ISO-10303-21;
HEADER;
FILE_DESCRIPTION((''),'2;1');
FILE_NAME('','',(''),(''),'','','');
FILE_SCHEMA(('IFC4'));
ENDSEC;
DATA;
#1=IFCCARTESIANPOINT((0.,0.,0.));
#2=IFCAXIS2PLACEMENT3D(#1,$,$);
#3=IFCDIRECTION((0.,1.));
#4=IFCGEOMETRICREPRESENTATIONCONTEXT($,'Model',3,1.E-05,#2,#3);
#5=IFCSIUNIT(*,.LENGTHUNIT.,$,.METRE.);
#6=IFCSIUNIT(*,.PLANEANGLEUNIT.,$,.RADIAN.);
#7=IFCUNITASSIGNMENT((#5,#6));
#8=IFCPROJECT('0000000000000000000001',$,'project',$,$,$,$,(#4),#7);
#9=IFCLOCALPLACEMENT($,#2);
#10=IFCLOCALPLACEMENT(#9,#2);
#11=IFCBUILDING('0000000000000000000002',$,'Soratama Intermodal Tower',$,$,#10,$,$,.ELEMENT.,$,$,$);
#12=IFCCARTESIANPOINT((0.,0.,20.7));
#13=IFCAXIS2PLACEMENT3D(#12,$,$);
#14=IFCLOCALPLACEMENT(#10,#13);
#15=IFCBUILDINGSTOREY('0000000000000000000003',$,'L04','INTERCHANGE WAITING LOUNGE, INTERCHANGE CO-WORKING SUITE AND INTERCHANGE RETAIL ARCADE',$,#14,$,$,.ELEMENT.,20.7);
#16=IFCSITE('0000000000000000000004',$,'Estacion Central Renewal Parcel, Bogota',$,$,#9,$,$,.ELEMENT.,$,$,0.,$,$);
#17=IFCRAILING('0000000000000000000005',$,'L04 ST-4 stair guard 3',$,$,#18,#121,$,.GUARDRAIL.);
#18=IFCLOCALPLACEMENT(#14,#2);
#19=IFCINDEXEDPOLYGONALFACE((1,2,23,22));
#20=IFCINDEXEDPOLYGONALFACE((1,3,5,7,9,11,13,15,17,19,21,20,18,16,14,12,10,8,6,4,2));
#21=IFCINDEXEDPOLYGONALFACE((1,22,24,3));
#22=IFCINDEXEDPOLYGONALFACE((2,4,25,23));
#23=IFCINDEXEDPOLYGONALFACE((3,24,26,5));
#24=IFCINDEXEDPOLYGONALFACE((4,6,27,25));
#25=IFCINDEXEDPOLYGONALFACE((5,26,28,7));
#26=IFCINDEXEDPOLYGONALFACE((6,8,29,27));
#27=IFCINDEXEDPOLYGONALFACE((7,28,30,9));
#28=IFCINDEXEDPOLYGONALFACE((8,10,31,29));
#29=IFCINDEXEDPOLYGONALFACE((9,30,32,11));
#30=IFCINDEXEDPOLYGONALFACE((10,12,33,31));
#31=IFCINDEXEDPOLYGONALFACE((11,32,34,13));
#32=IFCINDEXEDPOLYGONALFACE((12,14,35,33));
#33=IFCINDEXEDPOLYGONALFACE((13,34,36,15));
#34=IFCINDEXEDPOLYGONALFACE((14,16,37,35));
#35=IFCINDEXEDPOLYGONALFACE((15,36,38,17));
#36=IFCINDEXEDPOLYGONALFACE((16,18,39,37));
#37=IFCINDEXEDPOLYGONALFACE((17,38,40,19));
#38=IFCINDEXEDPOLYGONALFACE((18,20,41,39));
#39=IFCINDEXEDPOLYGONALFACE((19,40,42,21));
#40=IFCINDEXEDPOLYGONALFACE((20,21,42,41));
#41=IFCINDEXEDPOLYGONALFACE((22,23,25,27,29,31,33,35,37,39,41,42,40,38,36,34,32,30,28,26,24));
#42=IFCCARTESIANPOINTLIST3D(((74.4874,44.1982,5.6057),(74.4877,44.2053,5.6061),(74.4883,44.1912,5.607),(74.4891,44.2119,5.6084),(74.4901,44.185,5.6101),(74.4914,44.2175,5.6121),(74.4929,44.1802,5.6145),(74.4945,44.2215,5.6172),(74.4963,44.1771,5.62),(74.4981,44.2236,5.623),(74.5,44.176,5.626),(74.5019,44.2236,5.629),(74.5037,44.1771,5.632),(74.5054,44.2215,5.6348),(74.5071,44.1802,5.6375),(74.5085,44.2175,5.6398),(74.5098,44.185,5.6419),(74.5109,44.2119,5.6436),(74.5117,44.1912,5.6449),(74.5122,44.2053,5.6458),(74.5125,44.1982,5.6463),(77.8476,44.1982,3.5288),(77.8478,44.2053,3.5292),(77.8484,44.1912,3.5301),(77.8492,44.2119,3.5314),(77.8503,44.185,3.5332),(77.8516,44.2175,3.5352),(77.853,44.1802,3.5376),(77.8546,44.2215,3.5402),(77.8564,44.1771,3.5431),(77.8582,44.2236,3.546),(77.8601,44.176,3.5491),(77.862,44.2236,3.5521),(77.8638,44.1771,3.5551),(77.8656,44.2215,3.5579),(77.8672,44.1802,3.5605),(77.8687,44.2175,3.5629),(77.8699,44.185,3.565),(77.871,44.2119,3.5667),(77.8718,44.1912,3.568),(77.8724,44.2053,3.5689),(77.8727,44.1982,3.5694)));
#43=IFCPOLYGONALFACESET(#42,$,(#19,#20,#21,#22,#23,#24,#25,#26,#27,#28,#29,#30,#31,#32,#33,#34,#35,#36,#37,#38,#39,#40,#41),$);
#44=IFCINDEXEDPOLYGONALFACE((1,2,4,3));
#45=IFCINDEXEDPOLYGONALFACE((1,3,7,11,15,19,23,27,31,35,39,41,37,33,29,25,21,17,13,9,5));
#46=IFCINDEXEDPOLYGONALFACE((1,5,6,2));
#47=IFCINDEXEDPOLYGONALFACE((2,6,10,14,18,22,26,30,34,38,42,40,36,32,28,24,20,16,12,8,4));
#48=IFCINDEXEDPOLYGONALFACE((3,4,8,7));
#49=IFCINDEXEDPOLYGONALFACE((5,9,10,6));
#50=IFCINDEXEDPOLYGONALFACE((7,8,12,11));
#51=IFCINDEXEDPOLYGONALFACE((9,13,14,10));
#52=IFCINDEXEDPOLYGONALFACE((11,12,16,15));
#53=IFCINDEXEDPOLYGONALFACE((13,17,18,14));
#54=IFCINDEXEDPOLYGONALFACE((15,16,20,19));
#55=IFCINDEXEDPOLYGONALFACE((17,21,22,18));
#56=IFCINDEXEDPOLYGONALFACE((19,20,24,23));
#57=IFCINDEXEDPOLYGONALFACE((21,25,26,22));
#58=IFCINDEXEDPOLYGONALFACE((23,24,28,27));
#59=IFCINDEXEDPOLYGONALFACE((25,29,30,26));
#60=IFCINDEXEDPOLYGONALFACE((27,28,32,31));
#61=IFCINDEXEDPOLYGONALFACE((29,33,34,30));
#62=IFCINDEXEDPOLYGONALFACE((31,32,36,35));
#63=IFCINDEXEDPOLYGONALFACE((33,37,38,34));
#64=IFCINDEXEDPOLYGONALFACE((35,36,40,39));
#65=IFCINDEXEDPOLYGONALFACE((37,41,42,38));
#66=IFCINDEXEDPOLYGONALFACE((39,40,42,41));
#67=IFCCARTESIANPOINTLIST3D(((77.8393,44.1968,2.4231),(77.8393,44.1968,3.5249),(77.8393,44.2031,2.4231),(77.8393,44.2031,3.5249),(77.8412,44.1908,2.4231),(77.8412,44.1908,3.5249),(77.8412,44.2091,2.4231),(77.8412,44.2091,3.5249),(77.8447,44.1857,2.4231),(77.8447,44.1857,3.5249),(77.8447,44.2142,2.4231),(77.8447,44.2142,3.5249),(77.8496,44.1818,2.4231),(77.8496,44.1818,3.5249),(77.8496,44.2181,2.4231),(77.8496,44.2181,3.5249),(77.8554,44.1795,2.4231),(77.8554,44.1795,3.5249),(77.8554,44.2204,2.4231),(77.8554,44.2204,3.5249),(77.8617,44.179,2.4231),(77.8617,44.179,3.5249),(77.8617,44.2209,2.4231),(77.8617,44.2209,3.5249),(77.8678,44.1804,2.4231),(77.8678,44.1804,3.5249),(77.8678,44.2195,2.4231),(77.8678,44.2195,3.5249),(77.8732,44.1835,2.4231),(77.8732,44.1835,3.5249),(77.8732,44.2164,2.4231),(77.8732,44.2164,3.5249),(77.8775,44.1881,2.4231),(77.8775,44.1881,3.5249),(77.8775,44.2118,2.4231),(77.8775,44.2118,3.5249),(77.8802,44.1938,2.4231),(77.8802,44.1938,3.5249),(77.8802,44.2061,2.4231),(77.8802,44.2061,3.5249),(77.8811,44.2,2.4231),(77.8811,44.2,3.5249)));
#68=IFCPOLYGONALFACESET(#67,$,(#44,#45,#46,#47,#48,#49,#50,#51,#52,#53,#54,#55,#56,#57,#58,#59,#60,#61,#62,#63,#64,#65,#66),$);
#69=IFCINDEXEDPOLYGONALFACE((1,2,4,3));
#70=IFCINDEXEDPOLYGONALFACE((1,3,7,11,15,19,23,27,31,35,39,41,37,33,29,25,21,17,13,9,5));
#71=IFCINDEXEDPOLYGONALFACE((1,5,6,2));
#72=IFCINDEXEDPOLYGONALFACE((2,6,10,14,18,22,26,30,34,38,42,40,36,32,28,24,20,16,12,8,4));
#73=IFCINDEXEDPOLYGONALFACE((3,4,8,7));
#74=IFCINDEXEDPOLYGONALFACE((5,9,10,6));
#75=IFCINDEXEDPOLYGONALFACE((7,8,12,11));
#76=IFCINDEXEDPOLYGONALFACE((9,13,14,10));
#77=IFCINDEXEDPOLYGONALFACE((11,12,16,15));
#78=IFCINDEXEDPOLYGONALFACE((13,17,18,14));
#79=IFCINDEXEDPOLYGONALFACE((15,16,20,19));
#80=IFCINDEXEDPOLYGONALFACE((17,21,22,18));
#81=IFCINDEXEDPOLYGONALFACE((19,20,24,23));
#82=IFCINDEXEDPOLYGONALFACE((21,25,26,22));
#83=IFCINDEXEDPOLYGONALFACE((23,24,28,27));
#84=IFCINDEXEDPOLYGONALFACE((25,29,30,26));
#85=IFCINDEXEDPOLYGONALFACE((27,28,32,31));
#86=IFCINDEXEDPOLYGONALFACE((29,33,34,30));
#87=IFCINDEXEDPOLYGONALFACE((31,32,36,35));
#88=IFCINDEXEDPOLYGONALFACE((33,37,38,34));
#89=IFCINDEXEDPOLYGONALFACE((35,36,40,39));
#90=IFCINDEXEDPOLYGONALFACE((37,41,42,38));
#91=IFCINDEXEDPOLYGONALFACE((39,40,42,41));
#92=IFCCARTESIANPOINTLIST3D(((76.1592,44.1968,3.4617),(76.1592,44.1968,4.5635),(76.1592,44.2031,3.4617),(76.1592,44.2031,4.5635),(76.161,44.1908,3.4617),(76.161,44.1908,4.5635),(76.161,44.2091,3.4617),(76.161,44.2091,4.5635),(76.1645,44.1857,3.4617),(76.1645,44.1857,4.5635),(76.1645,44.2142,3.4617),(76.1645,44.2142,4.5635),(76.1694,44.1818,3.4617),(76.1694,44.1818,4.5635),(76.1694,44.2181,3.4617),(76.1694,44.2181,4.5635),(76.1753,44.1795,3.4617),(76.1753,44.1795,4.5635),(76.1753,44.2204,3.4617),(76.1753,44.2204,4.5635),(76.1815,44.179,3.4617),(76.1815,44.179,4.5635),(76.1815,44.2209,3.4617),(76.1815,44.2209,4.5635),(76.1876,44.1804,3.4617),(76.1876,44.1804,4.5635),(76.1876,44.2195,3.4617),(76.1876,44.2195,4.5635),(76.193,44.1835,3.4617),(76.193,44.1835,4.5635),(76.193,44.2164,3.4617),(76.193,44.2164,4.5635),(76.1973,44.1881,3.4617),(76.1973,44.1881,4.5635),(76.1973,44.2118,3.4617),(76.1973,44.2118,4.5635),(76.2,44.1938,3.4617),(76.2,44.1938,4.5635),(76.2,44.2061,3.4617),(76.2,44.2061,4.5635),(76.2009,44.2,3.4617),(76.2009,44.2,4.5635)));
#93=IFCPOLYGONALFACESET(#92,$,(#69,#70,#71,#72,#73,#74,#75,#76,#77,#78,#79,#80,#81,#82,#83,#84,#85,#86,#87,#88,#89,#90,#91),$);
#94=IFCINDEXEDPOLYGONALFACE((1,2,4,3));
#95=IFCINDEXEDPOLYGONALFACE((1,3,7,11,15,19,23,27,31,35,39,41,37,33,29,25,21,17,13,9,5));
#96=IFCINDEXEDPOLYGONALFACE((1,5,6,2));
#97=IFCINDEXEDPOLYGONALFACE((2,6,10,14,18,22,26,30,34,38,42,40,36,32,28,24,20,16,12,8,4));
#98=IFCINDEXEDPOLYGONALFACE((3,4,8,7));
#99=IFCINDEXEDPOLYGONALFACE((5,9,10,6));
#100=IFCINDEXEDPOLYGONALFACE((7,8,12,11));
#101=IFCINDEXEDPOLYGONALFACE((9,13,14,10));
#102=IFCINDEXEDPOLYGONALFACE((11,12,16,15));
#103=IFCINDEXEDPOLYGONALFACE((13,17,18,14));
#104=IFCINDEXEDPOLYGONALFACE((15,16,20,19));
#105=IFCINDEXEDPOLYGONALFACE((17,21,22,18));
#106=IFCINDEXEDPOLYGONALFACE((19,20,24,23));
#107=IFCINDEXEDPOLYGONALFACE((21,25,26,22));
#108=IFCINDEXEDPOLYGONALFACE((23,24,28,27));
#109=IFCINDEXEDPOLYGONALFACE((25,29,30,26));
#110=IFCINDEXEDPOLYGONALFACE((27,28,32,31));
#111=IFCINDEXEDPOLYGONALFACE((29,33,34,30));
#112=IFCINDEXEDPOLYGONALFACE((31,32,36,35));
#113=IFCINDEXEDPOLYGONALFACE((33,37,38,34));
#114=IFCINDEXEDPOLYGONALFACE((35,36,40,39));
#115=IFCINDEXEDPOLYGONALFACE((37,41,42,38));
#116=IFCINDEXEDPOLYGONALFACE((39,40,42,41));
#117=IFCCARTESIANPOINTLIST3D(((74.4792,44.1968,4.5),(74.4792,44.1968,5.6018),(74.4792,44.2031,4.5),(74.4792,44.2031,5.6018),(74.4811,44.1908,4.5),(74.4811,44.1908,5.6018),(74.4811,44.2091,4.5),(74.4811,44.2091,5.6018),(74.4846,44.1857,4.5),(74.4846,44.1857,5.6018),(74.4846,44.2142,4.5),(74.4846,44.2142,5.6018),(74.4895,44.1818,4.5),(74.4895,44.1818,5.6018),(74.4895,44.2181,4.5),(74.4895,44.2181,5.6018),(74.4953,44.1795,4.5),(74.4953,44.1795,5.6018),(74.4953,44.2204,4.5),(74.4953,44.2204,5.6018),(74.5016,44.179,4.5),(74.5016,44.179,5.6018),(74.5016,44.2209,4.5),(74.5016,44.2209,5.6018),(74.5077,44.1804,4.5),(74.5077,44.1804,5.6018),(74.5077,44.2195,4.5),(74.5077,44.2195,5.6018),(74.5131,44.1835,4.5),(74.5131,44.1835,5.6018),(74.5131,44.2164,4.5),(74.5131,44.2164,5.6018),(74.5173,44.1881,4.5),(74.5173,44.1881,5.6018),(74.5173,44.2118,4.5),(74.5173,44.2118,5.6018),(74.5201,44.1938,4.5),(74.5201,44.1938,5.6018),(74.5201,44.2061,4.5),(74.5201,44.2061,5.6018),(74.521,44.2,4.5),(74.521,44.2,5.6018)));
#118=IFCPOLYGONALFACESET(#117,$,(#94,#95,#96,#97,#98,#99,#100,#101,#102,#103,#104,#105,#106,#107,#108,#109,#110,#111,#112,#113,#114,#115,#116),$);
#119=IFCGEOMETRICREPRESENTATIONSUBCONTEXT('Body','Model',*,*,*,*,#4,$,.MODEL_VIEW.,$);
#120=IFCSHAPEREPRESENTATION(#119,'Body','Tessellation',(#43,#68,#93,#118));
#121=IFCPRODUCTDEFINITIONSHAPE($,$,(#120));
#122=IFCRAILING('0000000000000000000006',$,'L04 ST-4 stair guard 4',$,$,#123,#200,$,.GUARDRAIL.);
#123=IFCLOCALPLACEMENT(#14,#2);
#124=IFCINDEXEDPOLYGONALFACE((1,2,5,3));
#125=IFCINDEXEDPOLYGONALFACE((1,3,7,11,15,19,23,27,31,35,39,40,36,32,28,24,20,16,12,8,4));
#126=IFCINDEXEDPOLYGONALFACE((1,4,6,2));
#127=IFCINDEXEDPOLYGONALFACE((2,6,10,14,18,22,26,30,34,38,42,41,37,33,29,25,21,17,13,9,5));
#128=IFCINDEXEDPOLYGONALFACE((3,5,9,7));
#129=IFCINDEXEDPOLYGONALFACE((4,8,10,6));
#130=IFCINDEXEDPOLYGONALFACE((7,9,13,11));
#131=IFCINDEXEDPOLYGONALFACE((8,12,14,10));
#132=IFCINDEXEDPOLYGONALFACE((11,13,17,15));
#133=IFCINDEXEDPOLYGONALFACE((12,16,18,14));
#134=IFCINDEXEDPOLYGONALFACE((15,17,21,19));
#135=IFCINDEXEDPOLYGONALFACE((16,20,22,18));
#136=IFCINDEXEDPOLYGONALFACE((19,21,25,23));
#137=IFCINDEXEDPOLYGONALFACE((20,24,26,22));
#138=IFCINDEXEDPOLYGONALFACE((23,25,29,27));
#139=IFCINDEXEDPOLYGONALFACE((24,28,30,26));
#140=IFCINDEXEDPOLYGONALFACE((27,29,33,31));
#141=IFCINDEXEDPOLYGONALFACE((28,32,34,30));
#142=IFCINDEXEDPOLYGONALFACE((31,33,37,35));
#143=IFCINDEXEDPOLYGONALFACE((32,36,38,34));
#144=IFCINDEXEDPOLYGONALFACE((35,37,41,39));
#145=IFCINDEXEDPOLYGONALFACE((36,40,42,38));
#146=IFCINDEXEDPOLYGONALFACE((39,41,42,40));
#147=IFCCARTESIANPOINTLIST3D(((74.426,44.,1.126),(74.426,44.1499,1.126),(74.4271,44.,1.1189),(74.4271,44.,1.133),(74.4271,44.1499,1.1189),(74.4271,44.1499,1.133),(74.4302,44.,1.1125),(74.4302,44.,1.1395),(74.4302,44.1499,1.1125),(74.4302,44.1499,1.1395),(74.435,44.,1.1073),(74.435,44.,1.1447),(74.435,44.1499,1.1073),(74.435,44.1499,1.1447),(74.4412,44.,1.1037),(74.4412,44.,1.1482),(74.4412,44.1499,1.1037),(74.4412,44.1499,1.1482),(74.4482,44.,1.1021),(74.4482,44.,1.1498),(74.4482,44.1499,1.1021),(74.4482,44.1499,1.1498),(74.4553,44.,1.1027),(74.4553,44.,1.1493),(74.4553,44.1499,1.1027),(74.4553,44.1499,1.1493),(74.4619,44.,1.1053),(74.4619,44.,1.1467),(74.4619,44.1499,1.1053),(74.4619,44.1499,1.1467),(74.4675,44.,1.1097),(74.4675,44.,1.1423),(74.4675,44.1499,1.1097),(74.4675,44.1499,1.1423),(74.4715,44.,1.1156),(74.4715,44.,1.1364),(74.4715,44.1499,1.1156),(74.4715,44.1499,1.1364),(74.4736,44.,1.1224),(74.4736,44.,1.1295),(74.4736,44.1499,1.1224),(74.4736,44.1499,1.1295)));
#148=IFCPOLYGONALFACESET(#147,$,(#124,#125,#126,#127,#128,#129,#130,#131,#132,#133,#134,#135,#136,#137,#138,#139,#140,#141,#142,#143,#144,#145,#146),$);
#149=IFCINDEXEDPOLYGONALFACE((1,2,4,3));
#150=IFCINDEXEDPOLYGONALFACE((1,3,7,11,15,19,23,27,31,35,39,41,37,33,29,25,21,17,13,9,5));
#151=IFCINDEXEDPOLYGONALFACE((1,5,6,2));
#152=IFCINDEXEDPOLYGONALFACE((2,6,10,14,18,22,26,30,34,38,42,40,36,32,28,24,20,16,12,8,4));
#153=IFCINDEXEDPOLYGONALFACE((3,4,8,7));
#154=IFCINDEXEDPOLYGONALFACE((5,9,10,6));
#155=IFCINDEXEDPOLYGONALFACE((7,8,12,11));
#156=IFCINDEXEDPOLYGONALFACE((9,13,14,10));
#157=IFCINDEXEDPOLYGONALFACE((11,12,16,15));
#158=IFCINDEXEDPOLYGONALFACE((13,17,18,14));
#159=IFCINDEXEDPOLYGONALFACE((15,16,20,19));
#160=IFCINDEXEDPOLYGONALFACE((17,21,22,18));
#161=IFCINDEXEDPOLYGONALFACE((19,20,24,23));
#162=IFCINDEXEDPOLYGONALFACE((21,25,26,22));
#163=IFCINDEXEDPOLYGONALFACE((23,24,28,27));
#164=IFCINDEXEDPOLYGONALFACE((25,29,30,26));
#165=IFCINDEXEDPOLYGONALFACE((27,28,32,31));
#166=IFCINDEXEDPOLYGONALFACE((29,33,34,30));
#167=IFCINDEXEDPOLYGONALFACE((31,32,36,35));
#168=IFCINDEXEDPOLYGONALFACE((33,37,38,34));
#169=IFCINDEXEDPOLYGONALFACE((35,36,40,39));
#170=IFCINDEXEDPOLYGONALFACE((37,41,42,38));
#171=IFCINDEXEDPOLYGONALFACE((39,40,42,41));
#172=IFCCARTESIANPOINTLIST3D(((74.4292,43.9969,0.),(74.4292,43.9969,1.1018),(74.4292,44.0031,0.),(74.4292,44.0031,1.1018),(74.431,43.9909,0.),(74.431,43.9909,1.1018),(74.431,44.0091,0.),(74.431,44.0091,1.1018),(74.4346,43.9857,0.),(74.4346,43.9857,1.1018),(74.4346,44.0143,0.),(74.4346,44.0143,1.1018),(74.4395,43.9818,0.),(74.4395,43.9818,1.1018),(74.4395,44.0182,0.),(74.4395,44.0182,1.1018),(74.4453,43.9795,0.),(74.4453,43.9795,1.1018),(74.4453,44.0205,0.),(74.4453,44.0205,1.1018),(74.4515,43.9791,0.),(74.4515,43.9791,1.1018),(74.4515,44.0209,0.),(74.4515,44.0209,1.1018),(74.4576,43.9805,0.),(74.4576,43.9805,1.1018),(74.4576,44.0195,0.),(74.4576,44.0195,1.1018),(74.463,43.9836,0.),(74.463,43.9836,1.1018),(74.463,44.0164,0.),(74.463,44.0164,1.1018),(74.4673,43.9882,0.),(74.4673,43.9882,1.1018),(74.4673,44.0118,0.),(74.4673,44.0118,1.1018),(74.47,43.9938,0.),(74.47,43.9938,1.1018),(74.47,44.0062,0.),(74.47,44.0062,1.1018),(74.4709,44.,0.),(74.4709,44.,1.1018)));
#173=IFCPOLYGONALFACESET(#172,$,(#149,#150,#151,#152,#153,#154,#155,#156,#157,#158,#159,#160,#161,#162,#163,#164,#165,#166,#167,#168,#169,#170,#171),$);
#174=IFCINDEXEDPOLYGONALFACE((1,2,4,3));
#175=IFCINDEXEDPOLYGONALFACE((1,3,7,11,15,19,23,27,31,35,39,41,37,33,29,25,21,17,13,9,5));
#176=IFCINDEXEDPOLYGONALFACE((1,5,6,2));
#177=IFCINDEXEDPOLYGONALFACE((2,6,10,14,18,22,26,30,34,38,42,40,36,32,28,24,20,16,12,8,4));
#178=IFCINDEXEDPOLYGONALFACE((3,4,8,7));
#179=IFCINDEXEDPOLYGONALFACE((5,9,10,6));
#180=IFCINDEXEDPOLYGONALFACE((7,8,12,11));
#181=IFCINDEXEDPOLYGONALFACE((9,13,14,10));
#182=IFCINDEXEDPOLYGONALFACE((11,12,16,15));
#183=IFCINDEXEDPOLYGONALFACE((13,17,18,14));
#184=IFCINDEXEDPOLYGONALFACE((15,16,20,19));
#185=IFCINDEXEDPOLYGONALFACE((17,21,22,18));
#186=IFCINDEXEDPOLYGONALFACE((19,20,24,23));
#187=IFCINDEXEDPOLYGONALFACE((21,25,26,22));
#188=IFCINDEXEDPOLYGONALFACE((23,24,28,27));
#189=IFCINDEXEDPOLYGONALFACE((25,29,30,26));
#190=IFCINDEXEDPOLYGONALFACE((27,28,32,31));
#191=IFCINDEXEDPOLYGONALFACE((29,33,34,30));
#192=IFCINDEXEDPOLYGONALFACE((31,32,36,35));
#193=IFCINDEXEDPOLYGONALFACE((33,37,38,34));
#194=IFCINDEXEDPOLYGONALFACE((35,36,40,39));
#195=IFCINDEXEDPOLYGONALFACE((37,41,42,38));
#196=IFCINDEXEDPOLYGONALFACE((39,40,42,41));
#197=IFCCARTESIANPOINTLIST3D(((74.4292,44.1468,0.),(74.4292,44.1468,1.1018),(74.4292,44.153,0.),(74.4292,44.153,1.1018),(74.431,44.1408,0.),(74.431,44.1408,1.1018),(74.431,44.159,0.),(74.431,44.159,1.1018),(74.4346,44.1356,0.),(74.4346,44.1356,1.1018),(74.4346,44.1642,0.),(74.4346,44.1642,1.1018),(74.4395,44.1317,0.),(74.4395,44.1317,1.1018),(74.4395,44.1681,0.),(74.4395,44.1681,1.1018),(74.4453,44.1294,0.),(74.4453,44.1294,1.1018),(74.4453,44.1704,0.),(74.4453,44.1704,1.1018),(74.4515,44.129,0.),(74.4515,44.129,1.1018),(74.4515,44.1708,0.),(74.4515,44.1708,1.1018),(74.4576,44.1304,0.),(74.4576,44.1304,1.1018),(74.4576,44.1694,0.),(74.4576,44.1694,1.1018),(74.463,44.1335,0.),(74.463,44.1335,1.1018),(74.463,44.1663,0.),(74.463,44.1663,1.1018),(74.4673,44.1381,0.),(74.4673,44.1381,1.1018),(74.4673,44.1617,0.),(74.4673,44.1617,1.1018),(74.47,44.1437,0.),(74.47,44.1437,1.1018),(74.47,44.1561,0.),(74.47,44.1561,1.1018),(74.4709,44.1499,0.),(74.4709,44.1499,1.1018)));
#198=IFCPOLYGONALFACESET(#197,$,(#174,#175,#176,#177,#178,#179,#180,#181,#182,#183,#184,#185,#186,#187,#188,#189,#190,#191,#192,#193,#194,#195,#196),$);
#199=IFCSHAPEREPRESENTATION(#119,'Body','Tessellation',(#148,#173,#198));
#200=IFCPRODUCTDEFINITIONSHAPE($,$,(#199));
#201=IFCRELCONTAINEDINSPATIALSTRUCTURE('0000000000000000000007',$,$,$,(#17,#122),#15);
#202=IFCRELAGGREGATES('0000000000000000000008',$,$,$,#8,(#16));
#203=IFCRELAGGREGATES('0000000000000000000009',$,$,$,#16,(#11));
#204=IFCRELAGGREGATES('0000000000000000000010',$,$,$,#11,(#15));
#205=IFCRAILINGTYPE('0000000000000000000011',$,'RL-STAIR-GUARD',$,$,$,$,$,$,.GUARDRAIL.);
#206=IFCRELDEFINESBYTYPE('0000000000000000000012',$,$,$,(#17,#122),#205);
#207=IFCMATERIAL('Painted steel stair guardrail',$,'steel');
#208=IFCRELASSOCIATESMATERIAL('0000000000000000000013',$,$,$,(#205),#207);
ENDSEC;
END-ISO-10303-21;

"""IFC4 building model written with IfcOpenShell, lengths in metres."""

from ifc_helpers import new_model, si_unit, direction, frame, origin, origin_2d, place, context, subcontext, project, spatial, circle, extrude, material, type_object, element, save


model = new_model("IFC4")

# Units and contexts
model_context = context("Model", 3, precision=1e-05, world=origin(), true_north=direction((0.0, 1.0)))
body_context = subcontext(model_context, "Body", "Model", "MODEL_VIEW")
ifc_project = project(units=[si_unit("LENGTHUNIT", "METRE"), si_unit("PLANEANGLEUNIT", "RADIAN")], contexts=[model_context])

# Site, building, storey
site_placement = place(None, origin())
site = spatial("IfcSite", under=ifc_project, at=site_placement, Name="Estacion Central Renewal Parcel, Bogota", CompositionType="ELEMENT", RefElevation=0.0)
building_placement = place(site_placement, origin())
building = spatial("IfcBuilding", under=site, at=building_placement, Name="Soratama Intermodal Tower", CompositionType="ELEMENT")
storey_placement = place(building_placement, frame((0.0, 0.0, 20.7)))
storey = spatial("IfcBuildingStorey", under=building, at=storey_placement, Name="L04", Description="INTERCHANGE WAITING LOUNGE, INTERCHANGE CO-WORKING SUITE AND INTERCHANGE RETAIL ARCADE", CompositionType="ELEMENT", Elevation=20.7)

# Railings
ifc_material_1 = material(Name="Painted steel stair guardrail", Category="steel")
railing_type_1 = type_object("IfcRailingType", Name="RL-STAIR-GUARD", PredefinedType="GUARDRAIL", material=ifc_material_1)
railing_1_placement = place(storey_placement, frame((77.8601, 44.2, 2.4231)))
element("IfcRailing", 1, at=railing_1_placement, inside=storey, type_object=railing_type_1, Name="L04 ST-4 stair guard 3", PredefinedType="GUARDRAIL", context=body_context, shape_type="SweptSolid", body=[
    extrude(circle(Radius=0.0239, at=origin_2d()), frame((0.0, 0.0, 1.126), z_axis=(-0.850623, 0.0, 0.525776), x_axis=(0.0, -1.0, 0.0)), (0.0, 0.0, 1.0), 3.9502),
    extrude(circle(Radius=0.021, at=origin_2d()), origin(), (0.0, 0.0, 1.0), 1.1018),
    extrude(circle(Radius=0.021, at=origin_2d()), frame((-1.6802, 0.0, 1.0386)), (0.0, 0.0, 1.0), 1.1018),
    extrude(circle(Radius=0.021, at=origin_2d()), frame((-3.3601, 0.0, 2.0769)), (0.0, 0.0, 1.0), 1.1018),
])
railing_2_placement = place(storey_placement, frame((74.45, 44.0, 0.0)))
element("IfcRailing", 2, at=railing_2_placement, inside=storey, type_object=railing_type_1, Name="L04 ST-4 stair guard 4", PredefinedType="GUARDRAIL", context=body_context, shape_type="SweptSolid", body=[
    extrude(circle(Radius=0.0239, at=origin_2d()), frame((0.0, 0.0, 1.126), z_axis=(0.0, 1.0, 0.0), x_axis=(-1.0, 0.0, 0.0)), (0.0, 0.0, 1.0), 0.1499),
    extrude(circle(Radius=0.021, at=origin_2d()), origin(), (0.0, 0.0, 1.0), 1.1018),
    extrude(circle(Radius=0.021, at=origin_2d()), frame((0.0, 0.1499, 0.0)), (0.0, 0.0, 1.0), 1.1018),
])

save(model, "model.ifc")
